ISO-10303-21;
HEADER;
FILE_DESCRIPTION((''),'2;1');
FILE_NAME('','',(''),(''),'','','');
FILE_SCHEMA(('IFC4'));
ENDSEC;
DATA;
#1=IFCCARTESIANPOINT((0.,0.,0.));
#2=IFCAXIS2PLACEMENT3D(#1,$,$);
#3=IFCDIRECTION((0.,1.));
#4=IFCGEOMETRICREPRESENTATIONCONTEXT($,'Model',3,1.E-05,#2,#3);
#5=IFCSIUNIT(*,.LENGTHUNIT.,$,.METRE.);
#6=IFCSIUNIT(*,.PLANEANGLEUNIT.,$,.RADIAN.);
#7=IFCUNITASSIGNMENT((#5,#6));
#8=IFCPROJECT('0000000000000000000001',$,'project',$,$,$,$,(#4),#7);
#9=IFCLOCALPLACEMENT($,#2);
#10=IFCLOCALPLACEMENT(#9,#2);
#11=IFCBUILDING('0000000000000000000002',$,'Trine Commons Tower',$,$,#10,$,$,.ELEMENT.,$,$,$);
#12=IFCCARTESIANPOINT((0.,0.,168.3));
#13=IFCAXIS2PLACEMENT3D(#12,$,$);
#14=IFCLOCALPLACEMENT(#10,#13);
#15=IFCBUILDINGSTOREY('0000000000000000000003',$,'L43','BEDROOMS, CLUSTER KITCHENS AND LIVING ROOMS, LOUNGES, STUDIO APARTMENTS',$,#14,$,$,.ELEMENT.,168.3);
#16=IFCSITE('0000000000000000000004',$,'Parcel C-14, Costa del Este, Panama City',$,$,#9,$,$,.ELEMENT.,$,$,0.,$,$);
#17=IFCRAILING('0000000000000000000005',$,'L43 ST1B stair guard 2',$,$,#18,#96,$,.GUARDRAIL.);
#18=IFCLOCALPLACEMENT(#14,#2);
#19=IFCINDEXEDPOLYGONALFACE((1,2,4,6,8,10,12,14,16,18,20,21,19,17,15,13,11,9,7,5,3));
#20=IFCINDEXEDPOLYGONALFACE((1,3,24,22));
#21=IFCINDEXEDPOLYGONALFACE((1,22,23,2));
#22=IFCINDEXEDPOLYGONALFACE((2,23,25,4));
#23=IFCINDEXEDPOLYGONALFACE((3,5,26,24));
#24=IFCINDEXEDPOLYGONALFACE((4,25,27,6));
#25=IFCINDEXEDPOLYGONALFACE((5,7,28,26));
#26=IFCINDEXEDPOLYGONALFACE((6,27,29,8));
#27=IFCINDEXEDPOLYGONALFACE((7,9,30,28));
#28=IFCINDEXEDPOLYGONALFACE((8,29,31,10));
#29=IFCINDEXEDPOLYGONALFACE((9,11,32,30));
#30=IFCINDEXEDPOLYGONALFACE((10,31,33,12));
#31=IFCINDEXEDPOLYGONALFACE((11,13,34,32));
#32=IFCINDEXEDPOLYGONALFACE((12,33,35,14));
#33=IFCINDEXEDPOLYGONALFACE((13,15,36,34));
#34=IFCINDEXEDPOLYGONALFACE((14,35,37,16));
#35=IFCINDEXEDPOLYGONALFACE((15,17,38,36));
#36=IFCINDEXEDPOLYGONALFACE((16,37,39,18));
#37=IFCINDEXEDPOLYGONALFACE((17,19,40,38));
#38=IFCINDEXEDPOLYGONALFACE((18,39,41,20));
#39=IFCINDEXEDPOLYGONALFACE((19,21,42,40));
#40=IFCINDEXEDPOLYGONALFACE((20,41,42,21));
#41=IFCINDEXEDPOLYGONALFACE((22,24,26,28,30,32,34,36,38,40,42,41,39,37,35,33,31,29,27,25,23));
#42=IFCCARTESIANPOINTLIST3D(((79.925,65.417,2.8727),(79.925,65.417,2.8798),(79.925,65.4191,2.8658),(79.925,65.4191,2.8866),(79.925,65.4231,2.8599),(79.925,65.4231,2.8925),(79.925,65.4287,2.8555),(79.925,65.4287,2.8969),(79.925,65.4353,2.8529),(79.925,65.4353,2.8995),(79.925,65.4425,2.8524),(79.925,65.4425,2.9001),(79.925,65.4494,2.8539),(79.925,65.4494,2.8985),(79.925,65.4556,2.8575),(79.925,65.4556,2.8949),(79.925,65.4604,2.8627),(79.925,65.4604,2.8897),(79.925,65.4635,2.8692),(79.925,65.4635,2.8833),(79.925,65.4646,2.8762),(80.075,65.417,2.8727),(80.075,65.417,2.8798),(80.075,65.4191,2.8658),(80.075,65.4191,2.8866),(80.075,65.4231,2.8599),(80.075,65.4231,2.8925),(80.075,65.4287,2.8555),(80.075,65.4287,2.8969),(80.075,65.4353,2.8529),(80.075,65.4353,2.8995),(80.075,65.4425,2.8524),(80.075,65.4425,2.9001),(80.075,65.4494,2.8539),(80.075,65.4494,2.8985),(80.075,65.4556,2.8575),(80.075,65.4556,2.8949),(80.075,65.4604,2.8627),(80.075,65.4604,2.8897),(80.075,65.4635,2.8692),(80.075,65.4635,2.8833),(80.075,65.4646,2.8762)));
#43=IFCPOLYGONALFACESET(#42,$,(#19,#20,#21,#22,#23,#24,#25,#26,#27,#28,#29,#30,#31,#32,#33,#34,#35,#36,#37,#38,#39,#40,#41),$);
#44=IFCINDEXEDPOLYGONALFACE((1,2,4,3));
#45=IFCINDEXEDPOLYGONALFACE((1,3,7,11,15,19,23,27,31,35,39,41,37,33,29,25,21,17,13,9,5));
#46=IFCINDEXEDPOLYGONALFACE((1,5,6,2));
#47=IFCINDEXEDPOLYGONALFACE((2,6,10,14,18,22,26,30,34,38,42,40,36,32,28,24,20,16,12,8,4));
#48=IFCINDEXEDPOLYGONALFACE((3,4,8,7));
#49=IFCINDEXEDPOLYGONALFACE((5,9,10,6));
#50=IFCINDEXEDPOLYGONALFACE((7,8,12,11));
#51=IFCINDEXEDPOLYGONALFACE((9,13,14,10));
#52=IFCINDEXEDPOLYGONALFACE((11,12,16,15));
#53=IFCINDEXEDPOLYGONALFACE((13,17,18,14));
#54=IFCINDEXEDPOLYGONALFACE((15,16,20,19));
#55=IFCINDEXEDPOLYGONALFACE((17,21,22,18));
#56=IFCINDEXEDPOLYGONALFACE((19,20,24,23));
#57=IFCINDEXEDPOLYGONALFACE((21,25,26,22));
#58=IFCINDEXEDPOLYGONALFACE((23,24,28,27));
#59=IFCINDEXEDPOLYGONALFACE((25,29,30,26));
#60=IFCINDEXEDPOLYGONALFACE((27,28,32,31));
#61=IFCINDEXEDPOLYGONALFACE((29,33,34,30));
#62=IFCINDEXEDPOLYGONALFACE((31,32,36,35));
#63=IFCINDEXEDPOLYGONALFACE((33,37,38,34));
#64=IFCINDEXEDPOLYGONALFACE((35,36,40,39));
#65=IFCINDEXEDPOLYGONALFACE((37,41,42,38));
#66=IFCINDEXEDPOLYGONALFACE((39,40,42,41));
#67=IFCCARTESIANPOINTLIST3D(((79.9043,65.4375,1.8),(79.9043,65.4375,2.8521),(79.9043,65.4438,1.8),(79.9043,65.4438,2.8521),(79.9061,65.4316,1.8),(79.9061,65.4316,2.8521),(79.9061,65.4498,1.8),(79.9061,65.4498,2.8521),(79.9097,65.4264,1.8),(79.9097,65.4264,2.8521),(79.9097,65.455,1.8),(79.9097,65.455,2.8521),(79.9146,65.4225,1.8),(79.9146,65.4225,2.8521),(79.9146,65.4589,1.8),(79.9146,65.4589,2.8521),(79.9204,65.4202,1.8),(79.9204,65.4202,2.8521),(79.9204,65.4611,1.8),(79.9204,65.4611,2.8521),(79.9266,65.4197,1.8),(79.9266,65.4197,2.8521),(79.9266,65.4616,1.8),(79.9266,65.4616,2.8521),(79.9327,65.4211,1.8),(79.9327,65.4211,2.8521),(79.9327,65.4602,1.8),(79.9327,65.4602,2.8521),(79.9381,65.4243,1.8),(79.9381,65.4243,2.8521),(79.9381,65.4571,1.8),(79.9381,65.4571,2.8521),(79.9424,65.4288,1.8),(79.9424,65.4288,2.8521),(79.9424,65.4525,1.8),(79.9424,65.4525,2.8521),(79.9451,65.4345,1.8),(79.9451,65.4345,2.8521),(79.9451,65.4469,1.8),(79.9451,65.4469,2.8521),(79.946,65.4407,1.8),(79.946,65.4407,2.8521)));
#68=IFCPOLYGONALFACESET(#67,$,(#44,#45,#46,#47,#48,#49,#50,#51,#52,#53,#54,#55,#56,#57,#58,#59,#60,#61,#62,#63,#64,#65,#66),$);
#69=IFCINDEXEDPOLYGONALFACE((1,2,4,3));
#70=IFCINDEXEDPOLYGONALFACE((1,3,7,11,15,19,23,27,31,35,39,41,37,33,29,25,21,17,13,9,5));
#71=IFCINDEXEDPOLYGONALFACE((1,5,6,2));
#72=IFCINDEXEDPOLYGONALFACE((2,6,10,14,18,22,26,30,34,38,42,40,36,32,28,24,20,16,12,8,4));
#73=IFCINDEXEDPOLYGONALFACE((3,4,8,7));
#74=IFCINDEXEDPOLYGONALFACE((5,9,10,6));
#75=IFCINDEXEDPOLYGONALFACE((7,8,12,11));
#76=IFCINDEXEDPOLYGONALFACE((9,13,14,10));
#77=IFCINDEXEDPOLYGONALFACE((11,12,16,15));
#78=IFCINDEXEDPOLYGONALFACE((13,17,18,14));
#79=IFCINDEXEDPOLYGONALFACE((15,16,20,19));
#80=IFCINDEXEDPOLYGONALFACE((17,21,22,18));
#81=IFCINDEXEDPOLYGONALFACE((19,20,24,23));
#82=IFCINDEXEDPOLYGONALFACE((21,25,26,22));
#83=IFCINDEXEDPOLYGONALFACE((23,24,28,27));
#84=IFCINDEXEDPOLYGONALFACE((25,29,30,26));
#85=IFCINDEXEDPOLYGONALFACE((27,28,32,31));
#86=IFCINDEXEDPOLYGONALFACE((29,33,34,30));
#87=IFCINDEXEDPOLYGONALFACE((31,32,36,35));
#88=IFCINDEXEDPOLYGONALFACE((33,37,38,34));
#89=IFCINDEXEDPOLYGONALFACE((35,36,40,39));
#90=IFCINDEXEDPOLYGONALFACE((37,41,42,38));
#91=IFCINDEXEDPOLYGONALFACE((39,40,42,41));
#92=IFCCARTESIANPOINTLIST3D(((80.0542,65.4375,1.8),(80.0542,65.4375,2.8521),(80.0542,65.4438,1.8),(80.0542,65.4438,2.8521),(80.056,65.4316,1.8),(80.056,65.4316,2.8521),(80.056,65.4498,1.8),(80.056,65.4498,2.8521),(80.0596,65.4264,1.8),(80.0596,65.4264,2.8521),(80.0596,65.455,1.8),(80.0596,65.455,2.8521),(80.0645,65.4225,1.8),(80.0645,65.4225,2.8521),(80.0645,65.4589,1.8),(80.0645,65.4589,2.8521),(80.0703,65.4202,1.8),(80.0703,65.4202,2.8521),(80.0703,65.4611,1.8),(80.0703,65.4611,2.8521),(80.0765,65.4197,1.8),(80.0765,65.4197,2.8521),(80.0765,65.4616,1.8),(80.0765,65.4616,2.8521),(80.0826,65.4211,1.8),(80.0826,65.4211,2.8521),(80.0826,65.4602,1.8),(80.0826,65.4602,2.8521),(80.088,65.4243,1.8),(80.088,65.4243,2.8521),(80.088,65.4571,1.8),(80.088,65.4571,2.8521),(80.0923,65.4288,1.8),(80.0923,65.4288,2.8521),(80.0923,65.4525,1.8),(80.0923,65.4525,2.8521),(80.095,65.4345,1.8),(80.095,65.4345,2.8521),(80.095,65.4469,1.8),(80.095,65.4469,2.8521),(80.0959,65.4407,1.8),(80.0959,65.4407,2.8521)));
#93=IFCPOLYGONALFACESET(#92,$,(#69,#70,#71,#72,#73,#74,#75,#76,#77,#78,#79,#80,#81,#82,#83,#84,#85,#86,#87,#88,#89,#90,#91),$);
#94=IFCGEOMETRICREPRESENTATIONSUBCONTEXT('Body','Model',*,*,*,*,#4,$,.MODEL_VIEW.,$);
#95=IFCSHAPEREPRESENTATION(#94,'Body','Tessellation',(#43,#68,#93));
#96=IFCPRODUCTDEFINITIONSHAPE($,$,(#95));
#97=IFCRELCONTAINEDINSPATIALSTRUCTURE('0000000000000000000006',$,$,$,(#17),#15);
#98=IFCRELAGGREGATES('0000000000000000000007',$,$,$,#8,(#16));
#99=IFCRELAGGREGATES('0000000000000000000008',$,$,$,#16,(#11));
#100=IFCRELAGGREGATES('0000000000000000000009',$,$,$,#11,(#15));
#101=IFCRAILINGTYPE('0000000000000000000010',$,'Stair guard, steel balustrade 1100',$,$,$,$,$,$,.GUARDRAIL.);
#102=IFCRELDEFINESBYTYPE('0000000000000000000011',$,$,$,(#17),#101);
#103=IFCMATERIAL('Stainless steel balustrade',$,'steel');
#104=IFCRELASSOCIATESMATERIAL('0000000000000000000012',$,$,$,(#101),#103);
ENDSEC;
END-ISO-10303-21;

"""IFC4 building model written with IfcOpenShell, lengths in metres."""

from ifc_helpers import new_model, si_unit, direction, frame, origin, origin_2d, place, context, subcontext, project, spatial, circle, extrude, material, type_object, element, save


model = new_model("IFC4")

# Units and contexts
model_context = context("Model", 3, precision=1e-05, world=origin(), true_north=direction((0.0, 1.0)))
body_context = subcontext(model_context, "Body", "Model", "MODEL_VIEW")
ifc_project = project(units=[si_unit("LENGTHUNIT", "METRE"), si_unit("PLANEANGLEUNIT", "RADIAN")], contexts=[model_context])

# Site, building, storey
site_placement = place(None, origin())
site = spatial("IfcSite", under=ifc_project, at=site_placement, Name="Parcel C-14, Costa del Este, Panama City", CompositionType="ELEMENT", RefElevation=0.0)
building_placement = place(site_placement, origin())
building = spatial("IfcBuilding", under=site, at=building_placement, Name="Trine Commons Tower", CompositionType="ELEMENT")
storey_placement = place(building_placement, frame((0.0, 0.0, 168.3)))
storey = spatial("IfcBuildingStorey", under=building, at=storey_placement, Name="L43", Description="BEDROOMS, CLUSTER KITCHENS AND LIVING ROOMS, LOUNGES, STUDIO APARTMENTS", CompositionType="ELEMENT", Elevation=168.3)

# Railing
ifc_material_1 = material(Name="Stainless steel balustrade", Category="steel")
railing_type_1 = type_object("IfcRailingType", Name="Stair guard, steel balustrade 1100", PredefinedType="GUARDRAIL", material=ifc_material_1)
railing_1_placement = place(storey_placement, frame((79.925, 65.4407, 1.8)))
element("IfcRailing", 1, at=railing_1_placement, inside=storey, type_object=railing_type_1, Name="L43 ST1B stair guard 2", PredefinedType="GUARDRAIL", context=body_context, shape_type="SweptSolid", body=[
    extrude(circle(Radius=0.0239, at=origin_2d()), frame((0.0, 0.0, 1.0762), z_axis=(1.0, 0.0, 0.0), x_axis=(0.0, 1.0, 0.0)), (0.0, 0.0, 1.0), 0.1499),
    extrude(circle(Radius=0.021, at=origin_2d()), origin(), (0.0, 0.0, 1.0), 1.052),
    extrude(circle(Radius=0.021, at=origin_2d()), frame((0.1499, 0.0, 0.0)), (0.0, 0.0, 1.0), 1.052),
])

save(model, "model.ifc")
